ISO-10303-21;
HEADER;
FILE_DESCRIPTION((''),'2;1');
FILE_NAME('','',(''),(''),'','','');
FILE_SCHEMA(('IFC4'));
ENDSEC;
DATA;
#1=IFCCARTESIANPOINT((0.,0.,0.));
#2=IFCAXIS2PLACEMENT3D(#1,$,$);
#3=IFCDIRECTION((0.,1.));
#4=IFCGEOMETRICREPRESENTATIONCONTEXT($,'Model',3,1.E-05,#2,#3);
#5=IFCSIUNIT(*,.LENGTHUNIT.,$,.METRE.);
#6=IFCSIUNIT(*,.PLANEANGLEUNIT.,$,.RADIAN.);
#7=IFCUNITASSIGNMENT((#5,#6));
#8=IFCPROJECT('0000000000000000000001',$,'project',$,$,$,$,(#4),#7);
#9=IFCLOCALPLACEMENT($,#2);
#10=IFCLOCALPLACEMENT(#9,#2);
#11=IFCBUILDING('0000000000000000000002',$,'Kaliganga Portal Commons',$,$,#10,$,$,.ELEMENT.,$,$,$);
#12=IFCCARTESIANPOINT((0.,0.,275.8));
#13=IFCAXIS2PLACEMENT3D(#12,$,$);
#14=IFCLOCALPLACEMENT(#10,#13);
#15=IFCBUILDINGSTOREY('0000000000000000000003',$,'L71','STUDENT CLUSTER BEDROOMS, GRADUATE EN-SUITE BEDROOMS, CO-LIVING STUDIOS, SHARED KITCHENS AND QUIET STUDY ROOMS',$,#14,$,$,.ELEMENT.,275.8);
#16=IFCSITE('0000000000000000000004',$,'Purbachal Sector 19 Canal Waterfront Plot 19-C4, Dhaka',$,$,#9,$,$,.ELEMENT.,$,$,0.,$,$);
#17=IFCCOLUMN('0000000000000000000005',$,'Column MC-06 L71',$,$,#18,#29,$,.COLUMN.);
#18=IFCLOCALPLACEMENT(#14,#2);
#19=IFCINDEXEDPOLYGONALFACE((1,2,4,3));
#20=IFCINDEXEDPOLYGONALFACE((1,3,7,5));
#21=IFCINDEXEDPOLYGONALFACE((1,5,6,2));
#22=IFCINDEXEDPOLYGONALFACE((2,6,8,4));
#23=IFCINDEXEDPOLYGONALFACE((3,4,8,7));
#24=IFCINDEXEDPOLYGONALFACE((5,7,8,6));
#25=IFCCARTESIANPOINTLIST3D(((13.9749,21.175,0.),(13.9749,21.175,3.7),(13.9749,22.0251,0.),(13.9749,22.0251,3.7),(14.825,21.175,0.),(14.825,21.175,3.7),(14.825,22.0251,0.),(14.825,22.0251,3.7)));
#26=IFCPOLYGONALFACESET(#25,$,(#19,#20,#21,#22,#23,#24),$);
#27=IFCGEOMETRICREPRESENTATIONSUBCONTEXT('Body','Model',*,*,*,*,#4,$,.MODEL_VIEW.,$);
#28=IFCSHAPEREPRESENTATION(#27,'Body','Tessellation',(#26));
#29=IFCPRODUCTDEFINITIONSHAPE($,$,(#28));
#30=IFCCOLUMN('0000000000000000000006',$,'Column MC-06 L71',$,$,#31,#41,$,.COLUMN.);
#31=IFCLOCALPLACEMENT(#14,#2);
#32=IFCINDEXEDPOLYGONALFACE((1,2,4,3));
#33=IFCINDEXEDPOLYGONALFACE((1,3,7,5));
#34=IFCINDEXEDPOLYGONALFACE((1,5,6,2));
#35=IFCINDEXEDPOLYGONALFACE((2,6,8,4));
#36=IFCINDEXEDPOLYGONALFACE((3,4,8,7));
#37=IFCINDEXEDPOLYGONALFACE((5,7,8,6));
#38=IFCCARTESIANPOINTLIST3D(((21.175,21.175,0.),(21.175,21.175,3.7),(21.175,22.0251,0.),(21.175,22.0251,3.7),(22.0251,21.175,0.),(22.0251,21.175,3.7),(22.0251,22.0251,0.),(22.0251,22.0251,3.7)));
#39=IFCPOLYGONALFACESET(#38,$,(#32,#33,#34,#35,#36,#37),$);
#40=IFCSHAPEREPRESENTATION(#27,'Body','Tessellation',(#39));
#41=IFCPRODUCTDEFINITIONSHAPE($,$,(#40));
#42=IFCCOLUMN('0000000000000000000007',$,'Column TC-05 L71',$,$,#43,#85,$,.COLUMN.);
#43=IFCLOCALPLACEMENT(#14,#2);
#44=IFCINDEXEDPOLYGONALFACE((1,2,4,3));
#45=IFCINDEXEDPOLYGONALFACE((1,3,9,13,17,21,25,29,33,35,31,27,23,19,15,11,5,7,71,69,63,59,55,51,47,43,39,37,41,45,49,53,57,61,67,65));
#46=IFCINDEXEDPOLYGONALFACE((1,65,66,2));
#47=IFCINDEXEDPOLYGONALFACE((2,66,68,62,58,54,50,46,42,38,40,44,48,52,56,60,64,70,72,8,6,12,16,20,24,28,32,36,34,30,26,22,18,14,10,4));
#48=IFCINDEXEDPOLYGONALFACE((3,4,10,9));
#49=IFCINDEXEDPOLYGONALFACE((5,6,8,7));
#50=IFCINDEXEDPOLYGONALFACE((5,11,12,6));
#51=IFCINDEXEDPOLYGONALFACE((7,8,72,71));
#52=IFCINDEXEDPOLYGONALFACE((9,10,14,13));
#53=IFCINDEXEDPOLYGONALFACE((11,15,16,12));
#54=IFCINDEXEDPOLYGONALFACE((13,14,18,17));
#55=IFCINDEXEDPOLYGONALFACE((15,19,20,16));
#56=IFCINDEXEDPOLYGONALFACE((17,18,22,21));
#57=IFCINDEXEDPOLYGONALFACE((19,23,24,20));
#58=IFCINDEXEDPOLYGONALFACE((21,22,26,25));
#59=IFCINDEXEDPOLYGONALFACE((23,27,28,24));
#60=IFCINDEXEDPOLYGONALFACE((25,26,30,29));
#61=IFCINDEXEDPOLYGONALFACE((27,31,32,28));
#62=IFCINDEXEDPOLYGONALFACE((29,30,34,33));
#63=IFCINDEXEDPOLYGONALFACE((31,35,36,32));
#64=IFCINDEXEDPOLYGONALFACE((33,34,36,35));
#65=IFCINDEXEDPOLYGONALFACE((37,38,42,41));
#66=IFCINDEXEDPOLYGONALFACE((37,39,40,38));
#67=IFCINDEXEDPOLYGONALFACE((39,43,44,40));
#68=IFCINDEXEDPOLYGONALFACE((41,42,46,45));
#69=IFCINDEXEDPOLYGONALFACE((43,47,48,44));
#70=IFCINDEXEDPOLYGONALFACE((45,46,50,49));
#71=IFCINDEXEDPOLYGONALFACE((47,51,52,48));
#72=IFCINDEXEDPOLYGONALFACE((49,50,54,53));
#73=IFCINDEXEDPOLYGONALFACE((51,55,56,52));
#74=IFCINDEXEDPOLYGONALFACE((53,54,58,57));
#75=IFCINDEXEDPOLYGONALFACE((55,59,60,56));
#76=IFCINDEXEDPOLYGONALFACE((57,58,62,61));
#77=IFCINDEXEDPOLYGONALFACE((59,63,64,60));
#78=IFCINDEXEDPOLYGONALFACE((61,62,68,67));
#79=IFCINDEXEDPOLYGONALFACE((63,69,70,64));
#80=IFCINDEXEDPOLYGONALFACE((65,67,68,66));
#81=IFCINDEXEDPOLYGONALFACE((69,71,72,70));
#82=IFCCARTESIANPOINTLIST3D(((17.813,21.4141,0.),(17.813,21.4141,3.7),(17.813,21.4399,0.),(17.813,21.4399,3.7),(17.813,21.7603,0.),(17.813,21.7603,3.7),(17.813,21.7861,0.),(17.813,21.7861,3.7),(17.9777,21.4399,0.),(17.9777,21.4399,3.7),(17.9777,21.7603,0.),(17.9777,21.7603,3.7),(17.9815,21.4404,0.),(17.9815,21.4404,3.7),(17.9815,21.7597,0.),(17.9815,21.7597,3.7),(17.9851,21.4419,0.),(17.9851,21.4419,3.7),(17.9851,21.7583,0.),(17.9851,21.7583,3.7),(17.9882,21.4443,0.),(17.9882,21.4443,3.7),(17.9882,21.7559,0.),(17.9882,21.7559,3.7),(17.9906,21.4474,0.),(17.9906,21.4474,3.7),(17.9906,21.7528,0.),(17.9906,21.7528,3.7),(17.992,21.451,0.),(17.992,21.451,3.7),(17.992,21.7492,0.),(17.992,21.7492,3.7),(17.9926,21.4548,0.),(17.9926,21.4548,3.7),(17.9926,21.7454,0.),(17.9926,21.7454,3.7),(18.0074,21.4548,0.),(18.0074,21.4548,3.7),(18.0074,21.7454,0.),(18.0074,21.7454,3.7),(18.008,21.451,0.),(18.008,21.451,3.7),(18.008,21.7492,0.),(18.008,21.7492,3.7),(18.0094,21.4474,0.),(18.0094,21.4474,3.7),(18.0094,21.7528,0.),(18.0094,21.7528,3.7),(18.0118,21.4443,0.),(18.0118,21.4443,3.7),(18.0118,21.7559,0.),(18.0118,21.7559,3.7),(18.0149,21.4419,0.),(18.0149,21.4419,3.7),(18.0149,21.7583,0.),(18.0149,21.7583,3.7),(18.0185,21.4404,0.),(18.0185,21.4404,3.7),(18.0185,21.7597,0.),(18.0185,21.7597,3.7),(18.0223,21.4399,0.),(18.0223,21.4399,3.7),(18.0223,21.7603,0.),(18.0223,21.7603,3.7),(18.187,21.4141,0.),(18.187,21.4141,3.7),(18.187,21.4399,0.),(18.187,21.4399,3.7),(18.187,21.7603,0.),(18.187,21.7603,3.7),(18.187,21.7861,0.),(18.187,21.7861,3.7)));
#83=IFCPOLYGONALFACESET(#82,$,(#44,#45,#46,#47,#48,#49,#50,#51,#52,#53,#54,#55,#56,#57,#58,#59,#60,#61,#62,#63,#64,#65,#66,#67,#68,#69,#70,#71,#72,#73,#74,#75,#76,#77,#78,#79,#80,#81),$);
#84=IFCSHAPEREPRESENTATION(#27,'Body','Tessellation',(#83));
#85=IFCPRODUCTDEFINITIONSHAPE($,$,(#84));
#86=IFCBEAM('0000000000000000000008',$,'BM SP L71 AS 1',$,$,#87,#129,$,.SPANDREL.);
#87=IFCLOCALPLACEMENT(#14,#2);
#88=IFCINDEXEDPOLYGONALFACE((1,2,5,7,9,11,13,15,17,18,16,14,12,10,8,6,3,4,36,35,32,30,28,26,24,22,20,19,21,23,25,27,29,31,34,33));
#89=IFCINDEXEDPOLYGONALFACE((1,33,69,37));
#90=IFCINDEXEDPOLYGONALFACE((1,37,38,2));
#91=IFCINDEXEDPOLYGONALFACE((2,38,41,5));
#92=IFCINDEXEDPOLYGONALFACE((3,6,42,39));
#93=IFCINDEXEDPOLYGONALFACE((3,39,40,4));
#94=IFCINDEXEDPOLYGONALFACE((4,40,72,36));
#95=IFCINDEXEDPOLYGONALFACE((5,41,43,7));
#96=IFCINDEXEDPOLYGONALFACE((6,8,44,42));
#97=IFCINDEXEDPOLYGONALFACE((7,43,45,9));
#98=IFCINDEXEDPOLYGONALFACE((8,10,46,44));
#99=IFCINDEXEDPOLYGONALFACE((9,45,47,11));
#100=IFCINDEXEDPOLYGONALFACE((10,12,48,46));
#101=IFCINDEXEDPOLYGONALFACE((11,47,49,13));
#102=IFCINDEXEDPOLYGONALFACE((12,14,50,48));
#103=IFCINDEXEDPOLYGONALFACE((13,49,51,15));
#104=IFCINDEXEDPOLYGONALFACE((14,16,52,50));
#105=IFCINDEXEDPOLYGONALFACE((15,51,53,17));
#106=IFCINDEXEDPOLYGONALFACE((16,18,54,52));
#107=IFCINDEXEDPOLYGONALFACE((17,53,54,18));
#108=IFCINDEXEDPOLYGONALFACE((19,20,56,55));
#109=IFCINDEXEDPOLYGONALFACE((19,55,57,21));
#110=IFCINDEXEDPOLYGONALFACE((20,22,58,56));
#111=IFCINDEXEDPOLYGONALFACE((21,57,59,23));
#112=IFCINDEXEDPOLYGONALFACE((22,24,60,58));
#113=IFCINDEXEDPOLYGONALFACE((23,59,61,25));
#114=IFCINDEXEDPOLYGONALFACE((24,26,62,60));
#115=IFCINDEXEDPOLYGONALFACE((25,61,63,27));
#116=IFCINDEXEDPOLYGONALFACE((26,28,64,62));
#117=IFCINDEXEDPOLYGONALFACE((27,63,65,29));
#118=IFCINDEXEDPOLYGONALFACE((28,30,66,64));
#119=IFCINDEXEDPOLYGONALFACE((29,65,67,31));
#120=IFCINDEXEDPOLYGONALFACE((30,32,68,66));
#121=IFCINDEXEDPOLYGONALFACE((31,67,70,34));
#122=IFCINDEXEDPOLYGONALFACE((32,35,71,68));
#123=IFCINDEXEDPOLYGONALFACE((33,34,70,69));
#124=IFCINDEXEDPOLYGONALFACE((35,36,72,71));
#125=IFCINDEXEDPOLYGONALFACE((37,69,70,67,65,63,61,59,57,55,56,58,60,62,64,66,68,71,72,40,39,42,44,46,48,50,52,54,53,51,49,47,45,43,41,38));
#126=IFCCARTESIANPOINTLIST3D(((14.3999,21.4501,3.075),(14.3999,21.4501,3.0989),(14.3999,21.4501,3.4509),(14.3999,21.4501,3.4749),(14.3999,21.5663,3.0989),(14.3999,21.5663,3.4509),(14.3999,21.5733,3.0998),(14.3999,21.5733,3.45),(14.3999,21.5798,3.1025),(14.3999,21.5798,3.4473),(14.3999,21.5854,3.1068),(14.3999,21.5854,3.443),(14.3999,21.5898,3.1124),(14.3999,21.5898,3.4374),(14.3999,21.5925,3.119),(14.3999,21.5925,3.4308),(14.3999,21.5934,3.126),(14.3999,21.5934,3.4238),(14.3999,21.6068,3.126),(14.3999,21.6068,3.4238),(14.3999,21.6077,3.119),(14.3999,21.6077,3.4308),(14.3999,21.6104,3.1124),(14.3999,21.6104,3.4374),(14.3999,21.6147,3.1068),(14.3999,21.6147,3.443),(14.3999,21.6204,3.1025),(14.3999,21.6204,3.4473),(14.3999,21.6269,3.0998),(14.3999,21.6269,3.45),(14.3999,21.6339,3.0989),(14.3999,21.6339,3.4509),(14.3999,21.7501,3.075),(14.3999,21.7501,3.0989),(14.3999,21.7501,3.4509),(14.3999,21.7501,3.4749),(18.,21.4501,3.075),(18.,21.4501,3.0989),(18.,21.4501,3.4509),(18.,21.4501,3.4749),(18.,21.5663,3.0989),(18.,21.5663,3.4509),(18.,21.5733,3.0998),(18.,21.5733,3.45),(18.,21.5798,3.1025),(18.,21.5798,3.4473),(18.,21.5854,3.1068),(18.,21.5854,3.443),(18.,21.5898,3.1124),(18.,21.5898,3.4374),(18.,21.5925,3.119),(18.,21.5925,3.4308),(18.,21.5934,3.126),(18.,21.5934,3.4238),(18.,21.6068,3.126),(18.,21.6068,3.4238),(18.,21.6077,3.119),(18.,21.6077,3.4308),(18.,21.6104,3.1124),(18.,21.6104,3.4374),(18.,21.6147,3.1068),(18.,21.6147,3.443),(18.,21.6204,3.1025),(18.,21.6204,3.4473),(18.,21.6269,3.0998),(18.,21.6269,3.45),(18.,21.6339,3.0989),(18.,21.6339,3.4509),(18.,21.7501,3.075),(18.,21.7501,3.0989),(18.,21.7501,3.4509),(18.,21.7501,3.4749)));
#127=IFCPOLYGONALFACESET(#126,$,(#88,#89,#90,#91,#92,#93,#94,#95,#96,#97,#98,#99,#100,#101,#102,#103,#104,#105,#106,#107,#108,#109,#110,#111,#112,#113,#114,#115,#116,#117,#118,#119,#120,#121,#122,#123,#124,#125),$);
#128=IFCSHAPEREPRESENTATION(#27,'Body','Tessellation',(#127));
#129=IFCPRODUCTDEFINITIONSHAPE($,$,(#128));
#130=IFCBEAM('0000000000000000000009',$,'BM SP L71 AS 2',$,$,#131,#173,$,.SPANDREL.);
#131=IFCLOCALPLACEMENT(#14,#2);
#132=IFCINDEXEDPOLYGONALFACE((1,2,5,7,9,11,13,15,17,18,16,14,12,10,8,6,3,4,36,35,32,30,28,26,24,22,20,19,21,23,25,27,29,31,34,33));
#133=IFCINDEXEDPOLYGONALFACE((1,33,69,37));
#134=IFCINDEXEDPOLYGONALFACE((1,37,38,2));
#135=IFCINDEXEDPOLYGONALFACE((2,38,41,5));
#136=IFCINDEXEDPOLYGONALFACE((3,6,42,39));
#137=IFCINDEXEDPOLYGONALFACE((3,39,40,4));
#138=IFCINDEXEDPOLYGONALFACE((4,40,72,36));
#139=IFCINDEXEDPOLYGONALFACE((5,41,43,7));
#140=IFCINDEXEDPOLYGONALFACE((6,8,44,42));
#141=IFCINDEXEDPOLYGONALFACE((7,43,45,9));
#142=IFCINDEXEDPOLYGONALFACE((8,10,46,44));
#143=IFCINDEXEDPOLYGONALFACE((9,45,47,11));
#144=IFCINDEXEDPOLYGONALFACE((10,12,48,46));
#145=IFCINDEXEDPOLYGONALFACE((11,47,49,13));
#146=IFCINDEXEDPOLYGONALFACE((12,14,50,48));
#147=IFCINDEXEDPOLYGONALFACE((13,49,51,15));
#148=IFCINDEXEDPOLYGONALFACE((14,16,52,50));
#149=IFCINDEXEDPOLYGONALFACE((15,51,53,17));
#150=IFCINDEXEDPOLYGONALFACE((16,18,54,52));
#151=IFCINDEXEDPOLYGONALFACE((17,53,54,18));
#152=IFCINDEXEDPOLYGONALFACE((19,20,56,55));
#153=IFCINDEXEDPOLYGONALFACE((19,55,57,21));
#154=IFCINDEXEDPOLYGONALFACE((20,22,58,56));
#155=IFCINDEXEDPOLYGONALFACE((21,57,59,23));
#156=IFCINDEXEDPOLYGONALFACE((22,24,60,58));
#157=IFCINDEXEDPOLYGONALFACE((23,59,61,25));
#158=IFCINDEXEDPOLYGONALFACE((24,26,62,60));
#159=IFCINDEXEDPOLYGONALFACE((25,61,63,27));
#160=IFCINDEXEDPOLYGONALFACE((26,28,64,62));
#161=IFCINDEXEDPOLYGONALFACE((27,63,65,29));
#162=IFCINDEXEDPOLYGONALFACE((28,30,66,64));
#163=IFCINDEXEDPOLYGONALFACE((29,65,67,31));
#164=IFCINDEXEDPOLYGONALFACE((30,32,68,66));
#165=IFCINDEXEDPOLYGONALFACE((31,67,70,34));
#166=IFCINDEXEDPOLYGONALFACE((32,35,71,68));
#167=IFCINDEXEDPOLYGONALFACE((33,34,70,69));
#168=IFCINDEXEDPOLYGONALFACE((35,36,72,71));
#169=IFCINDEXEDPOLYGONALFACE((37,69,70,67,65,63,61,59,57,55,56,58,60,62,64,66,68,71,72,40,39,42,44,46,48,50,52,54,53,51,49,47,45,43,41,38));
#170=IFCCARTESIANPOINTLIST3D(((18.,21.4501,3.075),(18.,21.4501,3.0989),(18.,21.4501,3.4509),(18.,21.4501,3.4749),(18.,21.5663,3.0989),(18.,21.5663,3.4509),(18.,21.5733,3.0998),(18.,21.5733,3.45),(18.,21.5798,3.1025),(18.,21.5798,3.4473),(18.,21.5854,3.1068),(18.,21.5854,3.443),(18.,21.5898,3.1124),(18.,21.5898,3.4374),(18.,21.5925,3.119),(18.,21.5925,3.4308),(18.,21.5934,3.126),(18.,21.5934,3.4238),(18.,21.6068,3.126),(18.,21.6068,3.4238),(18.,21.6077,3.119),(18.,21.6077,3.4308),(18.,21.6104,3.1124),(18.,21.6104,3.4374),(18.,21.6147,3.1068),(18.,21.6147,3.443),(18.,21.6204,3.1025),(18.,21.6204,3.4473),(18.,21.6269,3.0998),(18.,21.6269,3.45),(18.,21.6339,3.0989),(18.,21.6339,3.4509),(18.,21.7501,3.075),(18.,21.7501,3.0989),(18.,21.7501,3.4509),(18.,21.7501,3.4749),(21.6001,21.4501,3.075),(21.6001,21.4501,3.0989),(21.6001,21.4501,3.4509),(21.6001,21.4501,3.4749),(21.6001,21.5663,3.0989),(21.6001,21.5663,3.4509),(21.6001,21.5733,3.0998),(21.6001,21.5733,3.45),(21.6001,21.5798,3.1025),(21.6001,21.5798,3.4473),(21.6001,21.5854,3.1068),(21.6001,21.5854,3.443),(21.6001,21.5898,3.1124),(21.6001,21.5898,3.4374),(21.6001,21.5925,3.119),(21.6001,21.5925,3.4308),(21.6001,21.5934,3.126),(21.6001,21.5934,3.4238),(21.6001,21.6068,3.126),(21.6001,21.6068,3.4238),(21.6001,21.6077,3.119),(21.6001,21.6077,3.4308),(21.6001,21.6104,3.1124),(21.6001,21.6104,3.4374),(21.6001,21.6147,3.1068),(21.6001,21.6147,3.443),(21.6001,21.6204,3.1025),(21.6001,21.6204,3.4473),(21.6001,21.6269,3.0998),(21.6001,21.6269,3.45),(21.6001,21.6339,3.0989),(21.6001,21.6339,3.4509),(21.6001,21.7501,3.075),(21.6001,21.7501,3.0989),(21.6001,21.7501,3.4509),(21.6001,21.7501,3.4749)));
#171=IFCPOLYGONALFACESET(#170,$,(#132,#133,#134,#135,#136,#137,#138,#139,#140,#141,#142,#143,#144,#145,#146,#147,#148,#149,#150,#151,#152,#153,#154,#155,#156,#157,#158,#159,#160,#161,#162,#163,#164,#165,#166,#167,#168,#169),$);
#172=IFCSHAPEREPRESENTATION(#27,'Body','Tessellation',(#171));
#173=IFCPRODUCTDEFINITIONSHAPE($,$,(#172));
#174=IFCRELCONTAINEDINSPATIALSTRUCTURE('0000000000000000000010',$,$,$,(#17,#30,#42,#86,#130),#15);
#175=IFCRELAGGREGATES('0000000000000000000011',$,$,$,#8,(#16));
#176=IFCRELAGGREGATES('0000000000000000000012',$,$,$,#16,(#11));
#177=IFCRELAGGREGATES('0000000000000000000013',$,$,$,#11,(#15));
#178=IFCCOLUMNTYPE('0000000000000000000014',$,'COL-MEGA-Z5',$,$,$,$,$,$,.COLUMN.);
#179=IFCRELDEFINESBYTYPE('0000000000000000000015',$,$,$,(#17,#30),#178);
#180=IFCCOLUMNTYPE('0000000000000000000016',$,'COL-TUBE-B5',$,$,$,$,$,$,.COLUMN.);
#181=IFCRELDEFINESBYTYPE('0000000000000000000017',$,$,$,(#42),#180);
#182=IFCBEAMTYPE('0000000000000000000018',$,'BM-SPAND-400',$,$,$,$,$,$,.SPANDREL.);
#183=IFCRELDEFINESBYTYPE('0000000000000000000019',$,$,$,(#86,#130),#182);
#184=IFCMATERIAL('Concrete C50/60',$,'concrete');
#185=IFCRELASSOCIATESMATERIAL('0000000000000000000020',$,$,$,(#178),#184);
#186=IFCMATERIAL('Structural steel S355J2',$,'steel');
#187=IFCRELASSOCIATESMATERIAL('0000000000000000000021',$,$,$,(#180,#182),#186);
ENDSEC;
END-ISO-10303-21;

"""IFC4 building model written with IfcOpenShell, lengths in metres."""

from ifc_helpers import new_model, si_unit, direction, frame, origin, origin_2d, place, context, subcontext, project, spatial, rectangle, i_section, extrude, source, transform, mapped, material, material_profile, profile_set, type_object, element, save


model = new_model("IFC4")

# Units and contexts
model_context = context("Model", 3, precision=1e-05, world=origin(), true_north=direction((0.0, 1.0)))
body_context = subcontext(model_context, "Body", "Model", "MODEL_VIEW")
ifc_project = project(units=[si_unit("LENGTHUNIT", "METRE"), si_unit("PLANEANGLEUNIT", "RADIAN")], contexts=[model_context])

# Site, building, storey
site_placement = place(None, origin())
site = spatial("IfcSite", under=ifc_project, at=site_placement, Name="Purbachal Sector 19 Canal Waterfront Plot 19-C4, Dhaka", CompositionType="ELEMENT", RefElevation=0.0)
building_placement = place(site_placement, origin())
building = spatial("IfcBuilding", under=site, at=building_placement, Name="Kaliganga Portal Commons", CompositionType="ELEMENT")
storey_placement = place(building_placement, frame((0.0, 0.0, 275.8)))
storey = spatial("IfcBuildingStorey", under=building, at=storey_placement, Name="L71", Description="STUDENT CLUSTER BEDROOMS, GRADUATE EN-SUITE BEDROOMS, CO-LIVING STUDIOS, SHARED KITCHENS AND QUIET STUDY ROOMS", CompositionType="ELEMENT", Elevation=275.8)

# Columns
ifc_material_1 = material(Name="Concrete C50/60", Category="concrete")
ifc_material_profile_1 = material_profile(ifc_material_1, rectangle(XDim=0.8501, YDim=0.8501, at=origin_2d()), Name="RC 850x850")
ifc_profile_set_1 = profile_set([ifc_material_profile_1], Name="Concrete C50/60")
column_type_1 = type_object("IfcColumnType", Name="COL-MEGA-Z5", PredefinedType="COLUMN", material=ifc_profile_set_1)
shared_shape_1 = source(origin(), body_context, "Body", "SweptSolid", [
    extrude(rectangle(XDim=0.8501, YDim=0.8501, at=origin_2d()), origin(), (0.0, 0.0, 1.0), 3.7),
])
for number, where, z_axis, x_axis, name in (
    (1, (14.3999, 21.6001, 0.0), (0.0, 0.0, 1.0), (1.0, 0.0, 0.0), "Column MC-06 L71"),
    (2, (21.6001, 21.6001, 0.0), (0.0, 0.0, 1.0), (1.0, 0.0, 0.0), "Column MC-06 L71"),
):
    element("IfcColumn", number, at=place(storey_placement, frame(where, z_axis=z_axis, x_axis=x_axis)), inside=storey, type_object=column_type_1, Name=name, PredefinedType="COLUMN", context=body_context, shape_type="MappedRepresentation", body=[
        mapped(shared_shape_1, transform((0.0, 0.0, 0.0), x_axis=(1.0, 0.0, 0.0), y_axis=(0.0, 1.0, 0.0), z_axis=(0.0, 0.0, 1.0), scale=1.0)),
    ])
ifc_material_2 = material(Name="Structural steel S355J2", Category="steel")
ifc_material_profile_2 = material_profile(ifc_material_2, i_section(OverallWidth=0.374, OverallDepth=0.3721, WebThickness=0.0149, FlangeThickness=0.0259, FilletRadius=0.0149, at=origin_2d()), Name="HD 360x196")
ifc_profile_set_2 = profile_set([ifc_material_profile_2], Name="Structural steel S355J2 wide-flange")
column_type_2 = type_object("IfcColumnType", Name="COL-TUBE-B5", PredefinedType="COLUMN", material=ifc_profile_set_2)
shared_shape_2 = source(origin(), body_context, "Body", "SweptSolid", [
    extrude(i_section(OverallWidth=0.374, OverallDepth=0.3721, WebThickness=0.0149, FlangeThickness=0.0259, FilletRadius=0.0149, at=origin_2d()), origin(), (0.0, 0.0, 1.0), 3.7),
])
column_placement = place(storey_placement, frame((18.0, 21.6001, 0.0), z_axis=(0.0, 0.0, 1.0), x_axis=(1.0, 0.0, 0.0)))
element("IfcColumn", 3, at=column_placement, inside=storey, type_object=column_type_2, Name="Column TC-05 L71", PredefinedType="COLUMN", context=body_context, shape_type="MappedRepresentation", body=[
    mapped(shared_shape_2, transform((0.0, 0.0, 0.0), x_axis=(1.0, 0.0, 0.0), y_axis=(0.0, 1.0, 0.0), z_axis=(0.0, 0.0, 1.0), scale=1.0)),
])

# Beams
ifc_material_profile_3 = material_profile(ifc_material_2, i_section(OverallWidth=0.3, OverallDepth=0.3999, WebThickness=0.0134, FlangeThickness=0.0239, FilletRadius=0.0271, at=origin_2d()), Name="HE 400 B")
ifc_profile_set_3 = profile_set([ifc_material_profile_3], Name="Structural steel S355J2 wide-flange")
beam_type_1 = type_object("IfcBeamType", Name="BM-SPAND-400", PredefinedType="SPANDREL", material=ifc_profile_set_3)
shared_shape_3 = source(origin(), body_context, "Body", "SweptSolid", [
    extrude(i_section(OverallWidth=0.3, OverallDepth=0.3999, WebThickness=0.0134, FlangeThickness=0.0239, FilletRadius=0.0271, at=origin_2d()), origin(), (0.0, 0.0, 1.0), 3.6001),
])
for number, where, z_axis, x_axis, name in (
    (4, (14.3999, 21.6001, 3.2749), (1.0, 0.0, 0.0), (0.0, 1.0, 0.0), "BM SP L71 AS 1"),
    (5, (18.0, 21.6001, 3.2749), (1.0, 0.0, 0.0), (0.0, 1.0, 0.0), "BM SP L71 AS 2"),
):
    element("IfcBeam", number, at=place(storey_placement, frame(where, z_axis=z_axis, x_axis=x_axis)), inside=storey, type_object=beam_type_1, Name=name, PredefinedType="SPANDREL", context=body_context, shape_type="MappedRepresentation", body=[
        mapped(shared_shape_3, transform((0.0, 0.0, 0.0), x_axis=(1.0, 0.0, 0.0), y_axis=(0.0, 1.0, 0.0), z_axis=(0.0, 0.0, 1.0), scale=1.0)),
    ])

save(model, "model.ifc")
